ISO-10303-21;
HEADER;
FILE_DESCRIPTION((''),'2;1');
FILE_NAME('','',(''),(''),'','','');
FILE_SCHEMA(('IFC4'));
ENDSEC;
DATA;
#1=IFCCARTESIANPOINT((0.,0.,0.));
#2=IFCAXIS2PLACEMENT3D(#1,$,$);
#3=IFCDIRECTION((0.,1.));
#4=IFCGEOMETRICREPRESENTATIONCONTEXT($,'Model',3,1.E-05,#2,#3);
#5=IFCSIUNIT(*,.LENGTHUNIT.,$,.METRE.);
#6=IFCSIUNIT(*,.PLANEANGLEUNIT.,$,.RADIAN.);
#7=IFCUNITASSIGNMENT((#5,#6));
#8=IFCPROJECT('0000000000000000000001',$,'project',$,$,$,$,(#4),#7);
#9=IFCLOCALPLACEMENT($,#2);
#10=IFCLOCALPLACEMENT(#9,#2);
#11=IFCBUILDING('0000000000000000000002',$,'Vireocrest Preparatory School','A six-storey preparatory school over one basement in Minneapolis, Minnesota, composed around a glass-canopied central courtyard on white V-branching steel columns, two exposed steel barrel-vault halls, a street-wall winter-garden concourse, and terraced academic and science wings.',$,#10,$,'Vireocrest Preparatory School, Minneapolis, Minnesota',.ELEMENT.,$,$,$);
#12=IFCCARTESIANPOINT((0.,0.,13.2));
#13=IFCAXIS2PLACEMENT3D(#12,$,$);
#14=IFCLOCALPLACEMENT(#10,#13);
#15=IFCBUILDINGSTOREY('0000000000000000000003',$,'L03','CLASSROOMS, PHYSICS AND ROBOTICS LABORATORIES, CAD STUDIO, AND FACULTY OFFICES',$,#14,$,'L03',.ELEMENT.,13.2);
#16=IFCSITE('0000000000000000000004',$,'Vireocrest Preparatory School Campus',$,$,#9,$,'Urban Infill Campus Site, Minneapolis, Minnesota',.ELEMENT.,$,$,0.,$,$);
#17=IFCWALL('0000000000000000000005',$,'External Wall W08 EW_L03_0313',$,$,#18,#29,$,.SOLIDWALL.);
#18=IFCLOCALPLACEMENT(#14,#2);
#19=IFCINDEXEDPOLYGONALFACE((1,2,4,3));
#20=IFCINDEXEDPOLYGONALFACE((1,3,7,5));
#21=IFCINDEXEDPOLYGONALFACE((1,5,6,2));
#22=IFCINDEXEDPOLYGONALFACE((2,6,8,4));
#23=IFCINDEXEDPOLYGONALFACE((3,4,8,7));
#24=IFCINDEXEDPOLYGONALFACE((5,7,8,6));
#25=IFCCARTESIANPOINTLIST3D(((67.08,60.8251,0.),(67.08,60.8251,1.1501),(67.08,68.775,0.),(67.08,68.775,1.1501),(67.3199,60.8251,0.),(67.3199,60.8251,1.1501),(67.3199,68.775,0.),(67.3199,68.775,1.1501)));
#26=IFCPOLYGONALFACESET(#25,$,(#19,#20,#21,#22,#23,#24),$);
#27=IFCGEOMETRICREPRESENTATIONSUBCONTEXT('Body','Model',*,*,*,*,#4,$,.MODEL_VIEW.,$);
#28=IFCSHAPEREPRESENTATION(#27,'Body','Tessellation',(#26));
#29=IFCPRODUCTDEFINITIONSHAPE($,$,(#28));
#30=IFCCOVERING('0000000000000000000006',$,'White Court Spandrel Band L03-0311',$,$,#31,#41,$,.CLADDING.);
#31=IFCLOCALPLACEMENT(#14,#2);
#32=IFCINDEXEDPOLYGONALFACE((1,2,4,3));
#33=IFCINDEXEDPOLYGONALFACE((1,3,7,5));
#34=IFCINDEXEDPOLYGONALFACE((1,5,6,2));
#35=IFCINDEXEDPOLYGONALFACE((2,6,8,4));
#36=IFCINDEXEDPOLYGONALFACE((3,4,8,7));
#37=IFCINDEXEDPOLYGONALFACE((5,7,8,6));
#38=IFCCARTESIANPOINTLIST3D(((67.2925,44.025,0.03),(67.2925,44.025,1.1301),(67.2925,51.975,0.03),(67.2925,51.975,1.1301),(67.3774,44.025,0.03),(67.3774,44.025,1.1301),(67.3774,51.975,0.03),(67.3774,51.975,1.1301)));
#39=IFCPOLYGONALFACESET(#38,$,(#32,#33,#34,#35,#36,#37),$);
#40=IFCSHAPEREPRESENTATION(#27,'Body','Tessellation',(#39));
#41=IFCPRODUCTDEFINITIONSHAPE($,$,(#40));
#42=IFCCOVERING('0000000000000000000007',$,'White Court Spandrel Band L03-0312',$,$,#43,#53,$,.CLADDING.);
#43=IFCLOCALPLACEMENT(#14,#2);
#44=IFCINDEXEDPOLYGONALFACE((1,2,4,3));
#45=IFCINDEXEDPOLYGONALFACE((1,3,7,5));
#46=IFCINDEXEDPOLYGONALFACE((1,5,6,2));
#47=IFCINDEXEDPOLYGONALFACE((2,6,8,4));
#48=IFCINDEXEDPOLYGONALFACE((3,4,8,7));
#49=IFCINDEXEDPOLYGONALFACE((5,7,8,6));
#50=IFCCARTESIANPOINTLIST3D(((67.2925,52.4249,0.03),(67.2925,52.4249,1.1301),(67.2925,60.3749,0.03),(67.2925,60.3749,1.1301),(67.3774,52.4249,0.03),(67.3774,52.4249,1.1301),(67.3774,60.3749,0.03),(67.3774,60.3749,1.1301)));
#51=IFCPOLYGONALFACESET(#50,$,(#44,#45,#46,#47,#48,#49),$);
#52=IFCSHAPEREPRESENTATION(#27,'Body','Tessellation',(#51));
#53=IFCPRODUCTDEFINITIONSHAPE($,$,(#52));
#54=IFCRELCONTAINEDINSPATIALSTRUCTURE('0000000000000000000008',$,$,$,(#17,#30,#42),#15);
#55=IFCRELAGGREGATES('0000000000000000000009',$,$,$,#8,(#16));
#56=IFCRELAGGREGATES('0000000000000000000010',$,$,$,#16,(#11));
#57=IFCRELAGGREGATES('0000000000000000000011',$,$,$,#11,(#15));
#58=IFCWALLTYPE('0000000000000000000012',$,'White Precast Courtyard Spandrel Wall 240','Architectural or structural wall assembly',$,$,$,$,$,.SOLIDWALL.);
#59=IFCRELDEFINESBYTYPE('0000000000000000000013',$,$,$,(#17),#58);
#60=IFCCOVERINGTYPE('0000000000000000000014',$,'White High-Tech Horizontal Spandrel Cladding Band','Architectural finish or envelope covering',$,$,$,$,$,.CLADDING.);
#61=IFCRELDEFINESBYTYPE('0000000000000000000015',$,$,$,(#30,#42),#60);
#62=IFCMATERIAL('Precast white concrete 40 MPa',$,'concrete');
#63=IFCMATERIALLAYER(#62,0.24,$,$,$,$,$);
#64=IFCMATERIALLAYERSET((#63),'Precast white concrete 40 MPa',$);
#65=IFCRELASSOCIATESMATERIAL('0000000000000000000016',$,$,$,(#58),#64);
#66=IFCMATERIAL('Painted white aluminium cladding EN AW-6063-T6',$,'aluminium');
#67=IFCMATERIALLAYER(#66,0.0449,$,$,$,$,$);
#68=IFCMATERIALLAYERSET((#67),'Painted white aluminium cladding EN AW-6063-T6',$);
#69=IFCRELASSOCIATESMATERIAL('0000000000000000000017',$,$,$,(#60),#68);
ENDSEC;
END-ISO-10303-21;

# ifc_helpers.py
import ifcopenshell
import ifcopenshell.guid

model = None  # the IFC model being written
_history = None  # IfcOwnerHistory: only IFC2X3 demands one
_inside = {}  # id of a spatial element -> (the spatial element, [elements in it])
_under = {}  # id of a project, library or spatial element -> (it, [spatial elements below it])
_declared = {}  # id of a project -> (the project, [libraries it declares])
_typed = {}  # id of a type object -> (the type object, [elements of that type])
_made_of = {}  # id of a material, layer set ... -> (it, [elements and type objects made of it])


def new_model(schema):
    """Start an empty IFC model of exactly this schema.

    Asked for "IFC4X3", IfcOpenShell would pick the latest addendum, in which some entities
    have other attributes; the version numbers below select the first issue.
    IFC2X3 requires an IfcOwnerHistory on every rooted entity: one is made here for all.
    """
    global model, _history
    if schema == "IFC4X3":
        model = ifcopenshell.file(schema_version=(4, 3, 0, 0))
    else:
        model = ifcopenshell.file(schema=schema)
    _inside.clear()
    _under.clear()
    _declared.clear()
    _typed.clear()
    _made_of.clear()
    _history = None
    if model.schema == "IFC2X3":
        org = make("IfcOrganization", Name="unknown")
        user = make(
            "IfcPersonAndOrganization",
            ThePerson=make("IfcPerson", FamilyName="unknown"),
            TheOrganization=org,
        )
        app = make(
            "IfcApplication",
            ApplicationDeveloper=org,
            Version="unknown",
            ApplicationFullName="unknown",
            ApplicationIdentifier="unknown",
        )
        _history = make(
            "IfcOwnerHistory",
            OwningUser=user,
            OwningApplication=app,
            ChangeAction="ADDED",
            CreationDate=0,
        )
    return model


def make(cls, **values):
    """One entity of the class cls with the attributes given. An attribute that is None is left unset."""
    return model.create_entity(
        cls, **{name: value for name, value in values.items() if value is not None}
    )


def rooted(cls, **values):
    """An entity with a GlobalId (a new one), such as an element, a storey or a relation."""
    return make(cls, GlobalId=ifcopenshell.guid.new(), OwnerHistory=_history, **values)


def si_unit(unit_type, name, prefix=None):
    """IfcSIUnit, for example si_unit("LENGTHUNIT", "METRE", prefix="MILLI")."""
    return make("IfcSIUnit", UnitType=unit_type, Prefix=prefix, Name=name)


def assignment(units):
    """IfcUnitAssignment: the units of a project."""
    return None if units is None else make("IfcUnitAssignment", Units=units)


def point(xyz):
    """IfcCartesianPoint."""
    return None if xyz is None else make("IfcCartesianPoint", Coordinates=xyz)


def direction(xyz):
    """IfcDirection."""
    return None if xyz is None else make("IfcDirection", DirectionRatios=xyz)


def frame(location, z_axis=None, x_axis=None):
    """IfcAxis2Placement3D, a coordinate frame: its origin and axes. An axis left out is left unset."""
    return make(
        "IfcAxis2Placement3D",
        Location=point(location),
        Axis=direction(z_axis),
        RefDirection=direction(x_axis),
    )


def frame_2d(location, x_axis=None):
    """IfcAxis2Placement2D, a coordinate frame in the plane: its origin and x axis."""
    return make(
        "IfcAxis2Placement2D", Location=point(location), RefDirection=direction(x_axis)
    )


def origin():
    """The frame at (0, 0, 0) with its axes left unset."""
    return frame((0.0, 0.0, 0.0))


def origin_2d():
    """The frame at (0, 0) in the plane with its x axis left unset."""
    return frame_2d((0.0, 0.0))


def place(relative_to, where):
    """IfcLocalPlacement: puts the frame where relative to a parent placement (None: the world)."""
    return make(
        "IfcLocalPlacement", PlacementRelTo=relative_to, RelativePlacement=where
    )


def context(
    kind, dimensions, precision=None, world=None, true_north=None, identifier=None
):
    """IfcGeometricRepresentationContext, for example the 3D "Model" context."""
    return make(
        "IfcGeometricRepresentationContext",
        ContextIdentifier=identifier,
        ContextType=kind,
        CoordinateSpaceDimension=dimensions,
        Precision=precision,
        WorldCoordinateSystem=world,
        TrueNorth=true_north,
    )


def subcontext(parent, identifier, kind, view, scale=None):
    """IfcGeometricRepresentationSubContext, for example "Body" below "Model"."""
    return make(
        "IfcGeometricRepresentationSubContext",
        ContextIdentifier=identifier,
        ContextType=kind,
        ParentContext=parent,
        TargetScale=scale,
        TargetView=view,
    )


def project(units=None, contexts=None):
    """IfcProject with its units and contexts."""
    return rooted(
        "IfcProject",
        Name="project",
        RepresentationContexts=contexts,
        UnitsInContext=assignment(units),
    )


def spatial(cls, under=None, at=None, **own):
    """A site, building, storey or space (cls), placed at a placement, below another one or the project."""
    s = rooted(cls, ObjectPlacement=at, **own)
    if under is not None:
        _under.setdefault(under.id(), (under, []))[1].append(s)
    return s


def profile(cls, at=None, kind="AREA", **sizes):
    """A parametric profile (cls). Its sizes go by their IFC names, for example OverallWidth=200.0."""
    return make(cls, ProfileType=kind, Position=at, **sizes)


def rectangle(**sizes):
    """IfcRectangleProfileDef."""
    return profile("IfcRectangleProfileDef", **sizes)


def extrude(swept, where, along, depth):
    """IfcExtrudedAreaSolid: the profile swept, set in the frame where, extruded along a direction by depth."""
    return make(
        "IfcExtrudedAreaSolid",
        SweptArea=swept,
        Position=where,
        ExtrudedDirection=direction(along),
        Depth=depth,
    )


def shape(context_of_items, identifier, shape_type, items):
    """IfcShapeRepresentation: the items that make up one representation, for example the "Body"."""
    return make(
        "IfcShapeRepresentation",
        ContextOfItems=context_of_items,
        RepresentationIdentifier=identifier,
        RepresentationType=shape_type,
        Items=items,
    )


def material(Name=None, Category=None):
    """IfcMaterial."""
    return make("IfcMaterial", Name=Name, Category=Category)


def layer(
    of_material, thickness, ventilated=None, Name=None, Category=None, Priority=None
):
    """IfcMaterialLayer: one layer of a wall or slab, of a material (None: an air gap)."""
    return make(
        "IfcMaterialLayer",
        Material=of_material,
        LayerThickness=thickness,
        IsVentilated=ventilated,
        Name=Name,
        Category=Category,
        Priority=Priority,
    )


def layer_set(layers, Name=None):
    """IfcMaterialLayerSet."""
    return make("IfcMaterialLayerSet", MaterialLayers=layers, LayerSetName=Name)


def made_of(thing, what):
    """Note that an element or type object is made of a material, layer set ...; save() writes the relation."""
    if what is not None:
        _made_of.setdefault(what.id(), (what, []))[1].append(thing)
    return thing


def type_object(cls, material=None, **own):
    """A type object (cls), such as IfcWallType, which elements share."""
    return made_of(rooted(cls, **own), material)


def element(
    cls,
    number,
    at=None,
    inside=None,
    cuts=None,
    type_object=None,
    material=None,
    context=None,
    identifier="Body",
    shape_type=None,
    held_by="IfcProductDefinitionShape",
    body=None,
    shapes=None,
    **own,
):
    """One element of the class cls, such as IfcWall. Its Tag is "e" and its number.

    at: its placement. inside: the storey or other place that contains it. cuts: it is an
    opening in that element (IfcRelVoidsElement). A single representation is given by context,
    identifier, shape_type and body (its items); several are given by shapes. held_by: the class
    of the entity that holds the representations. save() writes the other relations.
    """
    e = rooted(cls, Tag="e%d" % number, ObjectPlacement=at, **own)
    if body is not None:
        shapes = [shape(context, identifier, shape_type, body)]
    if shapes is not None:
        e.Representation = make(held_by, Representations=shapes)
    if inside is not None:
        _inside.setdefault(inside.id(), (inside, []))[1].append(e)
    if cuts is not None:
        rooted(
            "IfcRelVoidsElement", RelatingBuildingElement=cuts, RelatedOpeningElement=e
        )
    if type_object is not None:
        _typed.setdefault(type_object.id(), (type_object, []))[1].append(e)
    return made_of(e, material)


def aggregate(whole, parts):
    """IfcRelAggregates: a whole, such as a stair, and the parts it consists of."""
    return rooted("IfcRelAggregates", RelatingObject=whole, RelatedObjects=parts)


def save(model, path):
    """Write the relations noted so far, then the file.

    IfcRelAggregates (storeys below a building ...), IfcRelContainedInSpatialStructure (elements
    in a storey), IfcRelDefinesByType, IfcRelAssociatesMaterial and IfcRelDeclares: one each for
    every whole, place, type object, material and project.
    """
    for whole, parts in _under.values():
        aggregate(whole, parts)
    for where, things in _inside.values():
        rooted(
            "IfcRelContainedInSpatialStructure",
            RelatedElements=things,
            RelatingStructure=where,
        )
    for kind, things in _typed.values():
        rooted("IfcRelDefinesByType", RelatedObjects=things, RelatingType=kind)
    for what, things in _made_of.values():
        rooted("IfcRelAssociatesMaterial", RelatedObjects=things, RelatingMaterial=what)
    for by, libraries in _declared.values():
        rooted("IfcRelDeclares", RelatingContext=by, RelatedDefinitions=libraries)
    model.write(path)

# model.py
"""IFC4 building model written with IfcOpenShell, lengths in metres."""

from ifc_helpers import new_model, si_unit, direction, frame, frame_2d, origin, origin_2d, place, context, subcontext, project, spatial, rectangle, extrude, material, layer, layer_set, type_object, element, save


model = new_model("IFC4")

# Units and contexts
model_context = context("Model", 3, precision=1e-05, world=origin(), true_north=direction((0.0, 1.0)))
body_context = subcontext(model_context, "Body", "Model", "MODEL_VIEW")
ifc_project = project(units=[si_unit("LENGTHUNIT", "METRE"), si_unit("PLANEANGLEUNIT", "RADIAN")], contexts=[model_context])

# Site, building, storey
site_placement = place(None, origin())
site = spatial("IfcSite", under=ifc_project, at=site_placement, Name="Vireocrest Preparatory School Campus", LongName="Urban Infill Campus Site, Minneapolis, Minnesota", CompositionType="ELEMENT", RefElevation=0.0)
building_placement = place(site_placement, origin())
building = spatial("IfcBuilding", under=site, at=building_placement, Name="Vireocrest Preparatory School", Description="A six-storey preparatory school over one basement in Minneapolis, Minnesota, composed around a glass-canopied central courtyard on white V-branching steel columns, two exposed steel barrel-vault halls, a street-wall winter-garden concourse, and terraced academic and science wings.", LongName="Vireocrest Preparatory School, Minneapolis, Minnesota", CompositionType="ELEMENT")
storey_placement = place(building_placement, frame((0.0, 0.0, 13.2)))
storey = spatial("IfcBuildingStorey", under=building, at=storey_placement, Name="L03", Description="CLASSROOMS, PHYSICS AND ROBOTICS LABORATORIES, CAD STUDIO, AND FACULTY OFFICES", LongName="L03", CompositionType="ELEMENT", Elevation=13.2)

# Wall
ifc_material_1 = material(Name="Precast white concrete 40 MPa", Category="concrete")
ifc_layer_1 = layer(ifc_material_1, 0.24)
ifc_layer_set_1 = layer_set([ifc_layer_1], Name="Precast white concrete 40 MPa")
wall_type = type_object("IfcWallType", Name="White Precast Courtyard Spandrel Wall 240", Description="Architectural or structural wall assembly", PredefinedType="SOLIDWALL", material=ifc_layer_set_1)
wall_placement = place(storey_placement, frame((67.2, 60.825, 0.0), z_axis=(0.0, 0.0, 1.0), x_axis=(0.0, 1.0, 0.0)))
element("IfcWall", 1, at=wall_placement, inside=storey, type_object=wall_type, Name="External Wall W08 EW_L03_0313", PredefinedType="SOLIDWALL", context=body_context, shape_type="SweptSolid", body=[
    extrude(rectangle(XDim=7.95, YDim=0.24, at=frame_2d((3.9751, 0.0))), origin(), (0.0, 0.0, 1.0), 1.1501),
])

# Coverings
ifc_material_2 = material(Name="Painted white aluminium cladding EN AW-6063-T6", Category="aluminium")
ifc_layer_2 = layer(ifc_material_2, 0.0449)
ifc_layer_set_2 = layer_set([ifc_layer_2], Name="Painted white aluminium cladding EN AW-6063-T6")
covering_type = type_object("IfcCoveringType", Name="White High-Tech Horizontal Spandrel Cladding Band", Description="Architectural finish or envelope covering", PredefinedType="CLADDING", material=ifc_layer_set_2)
for number, where, z_axis, x_axis, name in (
    (2, (67.335, 48.0, 0.03), (0.0, 0.0, 1.0), (1.0, 0.0, 0.0), "White Court Spandrel Band L03-0311"),
    (3, (67.335, 56.3999, 0.03), (0.0, 0.0, 1.0), (1.0, 0.0, 0.0), "White Court Spandrel Band L03-0312"),
):
    element("IfcCovering", number, at=place(storey_placement, frame(where, z_axis=z_axis, x_axis=x_axis)), inside=storey, type_object=covering_type, Name=name, PredefinedType="CLADDING", context=body_context, shape_type="SweptSolid", body=[
        extrude(rectangle(XDim=0.085, YDim=7.95, at=origin_2d()), origin(), (0.0, 0.0, 1.0), 1.1001),
    ])

save(model, "model.ifc")
